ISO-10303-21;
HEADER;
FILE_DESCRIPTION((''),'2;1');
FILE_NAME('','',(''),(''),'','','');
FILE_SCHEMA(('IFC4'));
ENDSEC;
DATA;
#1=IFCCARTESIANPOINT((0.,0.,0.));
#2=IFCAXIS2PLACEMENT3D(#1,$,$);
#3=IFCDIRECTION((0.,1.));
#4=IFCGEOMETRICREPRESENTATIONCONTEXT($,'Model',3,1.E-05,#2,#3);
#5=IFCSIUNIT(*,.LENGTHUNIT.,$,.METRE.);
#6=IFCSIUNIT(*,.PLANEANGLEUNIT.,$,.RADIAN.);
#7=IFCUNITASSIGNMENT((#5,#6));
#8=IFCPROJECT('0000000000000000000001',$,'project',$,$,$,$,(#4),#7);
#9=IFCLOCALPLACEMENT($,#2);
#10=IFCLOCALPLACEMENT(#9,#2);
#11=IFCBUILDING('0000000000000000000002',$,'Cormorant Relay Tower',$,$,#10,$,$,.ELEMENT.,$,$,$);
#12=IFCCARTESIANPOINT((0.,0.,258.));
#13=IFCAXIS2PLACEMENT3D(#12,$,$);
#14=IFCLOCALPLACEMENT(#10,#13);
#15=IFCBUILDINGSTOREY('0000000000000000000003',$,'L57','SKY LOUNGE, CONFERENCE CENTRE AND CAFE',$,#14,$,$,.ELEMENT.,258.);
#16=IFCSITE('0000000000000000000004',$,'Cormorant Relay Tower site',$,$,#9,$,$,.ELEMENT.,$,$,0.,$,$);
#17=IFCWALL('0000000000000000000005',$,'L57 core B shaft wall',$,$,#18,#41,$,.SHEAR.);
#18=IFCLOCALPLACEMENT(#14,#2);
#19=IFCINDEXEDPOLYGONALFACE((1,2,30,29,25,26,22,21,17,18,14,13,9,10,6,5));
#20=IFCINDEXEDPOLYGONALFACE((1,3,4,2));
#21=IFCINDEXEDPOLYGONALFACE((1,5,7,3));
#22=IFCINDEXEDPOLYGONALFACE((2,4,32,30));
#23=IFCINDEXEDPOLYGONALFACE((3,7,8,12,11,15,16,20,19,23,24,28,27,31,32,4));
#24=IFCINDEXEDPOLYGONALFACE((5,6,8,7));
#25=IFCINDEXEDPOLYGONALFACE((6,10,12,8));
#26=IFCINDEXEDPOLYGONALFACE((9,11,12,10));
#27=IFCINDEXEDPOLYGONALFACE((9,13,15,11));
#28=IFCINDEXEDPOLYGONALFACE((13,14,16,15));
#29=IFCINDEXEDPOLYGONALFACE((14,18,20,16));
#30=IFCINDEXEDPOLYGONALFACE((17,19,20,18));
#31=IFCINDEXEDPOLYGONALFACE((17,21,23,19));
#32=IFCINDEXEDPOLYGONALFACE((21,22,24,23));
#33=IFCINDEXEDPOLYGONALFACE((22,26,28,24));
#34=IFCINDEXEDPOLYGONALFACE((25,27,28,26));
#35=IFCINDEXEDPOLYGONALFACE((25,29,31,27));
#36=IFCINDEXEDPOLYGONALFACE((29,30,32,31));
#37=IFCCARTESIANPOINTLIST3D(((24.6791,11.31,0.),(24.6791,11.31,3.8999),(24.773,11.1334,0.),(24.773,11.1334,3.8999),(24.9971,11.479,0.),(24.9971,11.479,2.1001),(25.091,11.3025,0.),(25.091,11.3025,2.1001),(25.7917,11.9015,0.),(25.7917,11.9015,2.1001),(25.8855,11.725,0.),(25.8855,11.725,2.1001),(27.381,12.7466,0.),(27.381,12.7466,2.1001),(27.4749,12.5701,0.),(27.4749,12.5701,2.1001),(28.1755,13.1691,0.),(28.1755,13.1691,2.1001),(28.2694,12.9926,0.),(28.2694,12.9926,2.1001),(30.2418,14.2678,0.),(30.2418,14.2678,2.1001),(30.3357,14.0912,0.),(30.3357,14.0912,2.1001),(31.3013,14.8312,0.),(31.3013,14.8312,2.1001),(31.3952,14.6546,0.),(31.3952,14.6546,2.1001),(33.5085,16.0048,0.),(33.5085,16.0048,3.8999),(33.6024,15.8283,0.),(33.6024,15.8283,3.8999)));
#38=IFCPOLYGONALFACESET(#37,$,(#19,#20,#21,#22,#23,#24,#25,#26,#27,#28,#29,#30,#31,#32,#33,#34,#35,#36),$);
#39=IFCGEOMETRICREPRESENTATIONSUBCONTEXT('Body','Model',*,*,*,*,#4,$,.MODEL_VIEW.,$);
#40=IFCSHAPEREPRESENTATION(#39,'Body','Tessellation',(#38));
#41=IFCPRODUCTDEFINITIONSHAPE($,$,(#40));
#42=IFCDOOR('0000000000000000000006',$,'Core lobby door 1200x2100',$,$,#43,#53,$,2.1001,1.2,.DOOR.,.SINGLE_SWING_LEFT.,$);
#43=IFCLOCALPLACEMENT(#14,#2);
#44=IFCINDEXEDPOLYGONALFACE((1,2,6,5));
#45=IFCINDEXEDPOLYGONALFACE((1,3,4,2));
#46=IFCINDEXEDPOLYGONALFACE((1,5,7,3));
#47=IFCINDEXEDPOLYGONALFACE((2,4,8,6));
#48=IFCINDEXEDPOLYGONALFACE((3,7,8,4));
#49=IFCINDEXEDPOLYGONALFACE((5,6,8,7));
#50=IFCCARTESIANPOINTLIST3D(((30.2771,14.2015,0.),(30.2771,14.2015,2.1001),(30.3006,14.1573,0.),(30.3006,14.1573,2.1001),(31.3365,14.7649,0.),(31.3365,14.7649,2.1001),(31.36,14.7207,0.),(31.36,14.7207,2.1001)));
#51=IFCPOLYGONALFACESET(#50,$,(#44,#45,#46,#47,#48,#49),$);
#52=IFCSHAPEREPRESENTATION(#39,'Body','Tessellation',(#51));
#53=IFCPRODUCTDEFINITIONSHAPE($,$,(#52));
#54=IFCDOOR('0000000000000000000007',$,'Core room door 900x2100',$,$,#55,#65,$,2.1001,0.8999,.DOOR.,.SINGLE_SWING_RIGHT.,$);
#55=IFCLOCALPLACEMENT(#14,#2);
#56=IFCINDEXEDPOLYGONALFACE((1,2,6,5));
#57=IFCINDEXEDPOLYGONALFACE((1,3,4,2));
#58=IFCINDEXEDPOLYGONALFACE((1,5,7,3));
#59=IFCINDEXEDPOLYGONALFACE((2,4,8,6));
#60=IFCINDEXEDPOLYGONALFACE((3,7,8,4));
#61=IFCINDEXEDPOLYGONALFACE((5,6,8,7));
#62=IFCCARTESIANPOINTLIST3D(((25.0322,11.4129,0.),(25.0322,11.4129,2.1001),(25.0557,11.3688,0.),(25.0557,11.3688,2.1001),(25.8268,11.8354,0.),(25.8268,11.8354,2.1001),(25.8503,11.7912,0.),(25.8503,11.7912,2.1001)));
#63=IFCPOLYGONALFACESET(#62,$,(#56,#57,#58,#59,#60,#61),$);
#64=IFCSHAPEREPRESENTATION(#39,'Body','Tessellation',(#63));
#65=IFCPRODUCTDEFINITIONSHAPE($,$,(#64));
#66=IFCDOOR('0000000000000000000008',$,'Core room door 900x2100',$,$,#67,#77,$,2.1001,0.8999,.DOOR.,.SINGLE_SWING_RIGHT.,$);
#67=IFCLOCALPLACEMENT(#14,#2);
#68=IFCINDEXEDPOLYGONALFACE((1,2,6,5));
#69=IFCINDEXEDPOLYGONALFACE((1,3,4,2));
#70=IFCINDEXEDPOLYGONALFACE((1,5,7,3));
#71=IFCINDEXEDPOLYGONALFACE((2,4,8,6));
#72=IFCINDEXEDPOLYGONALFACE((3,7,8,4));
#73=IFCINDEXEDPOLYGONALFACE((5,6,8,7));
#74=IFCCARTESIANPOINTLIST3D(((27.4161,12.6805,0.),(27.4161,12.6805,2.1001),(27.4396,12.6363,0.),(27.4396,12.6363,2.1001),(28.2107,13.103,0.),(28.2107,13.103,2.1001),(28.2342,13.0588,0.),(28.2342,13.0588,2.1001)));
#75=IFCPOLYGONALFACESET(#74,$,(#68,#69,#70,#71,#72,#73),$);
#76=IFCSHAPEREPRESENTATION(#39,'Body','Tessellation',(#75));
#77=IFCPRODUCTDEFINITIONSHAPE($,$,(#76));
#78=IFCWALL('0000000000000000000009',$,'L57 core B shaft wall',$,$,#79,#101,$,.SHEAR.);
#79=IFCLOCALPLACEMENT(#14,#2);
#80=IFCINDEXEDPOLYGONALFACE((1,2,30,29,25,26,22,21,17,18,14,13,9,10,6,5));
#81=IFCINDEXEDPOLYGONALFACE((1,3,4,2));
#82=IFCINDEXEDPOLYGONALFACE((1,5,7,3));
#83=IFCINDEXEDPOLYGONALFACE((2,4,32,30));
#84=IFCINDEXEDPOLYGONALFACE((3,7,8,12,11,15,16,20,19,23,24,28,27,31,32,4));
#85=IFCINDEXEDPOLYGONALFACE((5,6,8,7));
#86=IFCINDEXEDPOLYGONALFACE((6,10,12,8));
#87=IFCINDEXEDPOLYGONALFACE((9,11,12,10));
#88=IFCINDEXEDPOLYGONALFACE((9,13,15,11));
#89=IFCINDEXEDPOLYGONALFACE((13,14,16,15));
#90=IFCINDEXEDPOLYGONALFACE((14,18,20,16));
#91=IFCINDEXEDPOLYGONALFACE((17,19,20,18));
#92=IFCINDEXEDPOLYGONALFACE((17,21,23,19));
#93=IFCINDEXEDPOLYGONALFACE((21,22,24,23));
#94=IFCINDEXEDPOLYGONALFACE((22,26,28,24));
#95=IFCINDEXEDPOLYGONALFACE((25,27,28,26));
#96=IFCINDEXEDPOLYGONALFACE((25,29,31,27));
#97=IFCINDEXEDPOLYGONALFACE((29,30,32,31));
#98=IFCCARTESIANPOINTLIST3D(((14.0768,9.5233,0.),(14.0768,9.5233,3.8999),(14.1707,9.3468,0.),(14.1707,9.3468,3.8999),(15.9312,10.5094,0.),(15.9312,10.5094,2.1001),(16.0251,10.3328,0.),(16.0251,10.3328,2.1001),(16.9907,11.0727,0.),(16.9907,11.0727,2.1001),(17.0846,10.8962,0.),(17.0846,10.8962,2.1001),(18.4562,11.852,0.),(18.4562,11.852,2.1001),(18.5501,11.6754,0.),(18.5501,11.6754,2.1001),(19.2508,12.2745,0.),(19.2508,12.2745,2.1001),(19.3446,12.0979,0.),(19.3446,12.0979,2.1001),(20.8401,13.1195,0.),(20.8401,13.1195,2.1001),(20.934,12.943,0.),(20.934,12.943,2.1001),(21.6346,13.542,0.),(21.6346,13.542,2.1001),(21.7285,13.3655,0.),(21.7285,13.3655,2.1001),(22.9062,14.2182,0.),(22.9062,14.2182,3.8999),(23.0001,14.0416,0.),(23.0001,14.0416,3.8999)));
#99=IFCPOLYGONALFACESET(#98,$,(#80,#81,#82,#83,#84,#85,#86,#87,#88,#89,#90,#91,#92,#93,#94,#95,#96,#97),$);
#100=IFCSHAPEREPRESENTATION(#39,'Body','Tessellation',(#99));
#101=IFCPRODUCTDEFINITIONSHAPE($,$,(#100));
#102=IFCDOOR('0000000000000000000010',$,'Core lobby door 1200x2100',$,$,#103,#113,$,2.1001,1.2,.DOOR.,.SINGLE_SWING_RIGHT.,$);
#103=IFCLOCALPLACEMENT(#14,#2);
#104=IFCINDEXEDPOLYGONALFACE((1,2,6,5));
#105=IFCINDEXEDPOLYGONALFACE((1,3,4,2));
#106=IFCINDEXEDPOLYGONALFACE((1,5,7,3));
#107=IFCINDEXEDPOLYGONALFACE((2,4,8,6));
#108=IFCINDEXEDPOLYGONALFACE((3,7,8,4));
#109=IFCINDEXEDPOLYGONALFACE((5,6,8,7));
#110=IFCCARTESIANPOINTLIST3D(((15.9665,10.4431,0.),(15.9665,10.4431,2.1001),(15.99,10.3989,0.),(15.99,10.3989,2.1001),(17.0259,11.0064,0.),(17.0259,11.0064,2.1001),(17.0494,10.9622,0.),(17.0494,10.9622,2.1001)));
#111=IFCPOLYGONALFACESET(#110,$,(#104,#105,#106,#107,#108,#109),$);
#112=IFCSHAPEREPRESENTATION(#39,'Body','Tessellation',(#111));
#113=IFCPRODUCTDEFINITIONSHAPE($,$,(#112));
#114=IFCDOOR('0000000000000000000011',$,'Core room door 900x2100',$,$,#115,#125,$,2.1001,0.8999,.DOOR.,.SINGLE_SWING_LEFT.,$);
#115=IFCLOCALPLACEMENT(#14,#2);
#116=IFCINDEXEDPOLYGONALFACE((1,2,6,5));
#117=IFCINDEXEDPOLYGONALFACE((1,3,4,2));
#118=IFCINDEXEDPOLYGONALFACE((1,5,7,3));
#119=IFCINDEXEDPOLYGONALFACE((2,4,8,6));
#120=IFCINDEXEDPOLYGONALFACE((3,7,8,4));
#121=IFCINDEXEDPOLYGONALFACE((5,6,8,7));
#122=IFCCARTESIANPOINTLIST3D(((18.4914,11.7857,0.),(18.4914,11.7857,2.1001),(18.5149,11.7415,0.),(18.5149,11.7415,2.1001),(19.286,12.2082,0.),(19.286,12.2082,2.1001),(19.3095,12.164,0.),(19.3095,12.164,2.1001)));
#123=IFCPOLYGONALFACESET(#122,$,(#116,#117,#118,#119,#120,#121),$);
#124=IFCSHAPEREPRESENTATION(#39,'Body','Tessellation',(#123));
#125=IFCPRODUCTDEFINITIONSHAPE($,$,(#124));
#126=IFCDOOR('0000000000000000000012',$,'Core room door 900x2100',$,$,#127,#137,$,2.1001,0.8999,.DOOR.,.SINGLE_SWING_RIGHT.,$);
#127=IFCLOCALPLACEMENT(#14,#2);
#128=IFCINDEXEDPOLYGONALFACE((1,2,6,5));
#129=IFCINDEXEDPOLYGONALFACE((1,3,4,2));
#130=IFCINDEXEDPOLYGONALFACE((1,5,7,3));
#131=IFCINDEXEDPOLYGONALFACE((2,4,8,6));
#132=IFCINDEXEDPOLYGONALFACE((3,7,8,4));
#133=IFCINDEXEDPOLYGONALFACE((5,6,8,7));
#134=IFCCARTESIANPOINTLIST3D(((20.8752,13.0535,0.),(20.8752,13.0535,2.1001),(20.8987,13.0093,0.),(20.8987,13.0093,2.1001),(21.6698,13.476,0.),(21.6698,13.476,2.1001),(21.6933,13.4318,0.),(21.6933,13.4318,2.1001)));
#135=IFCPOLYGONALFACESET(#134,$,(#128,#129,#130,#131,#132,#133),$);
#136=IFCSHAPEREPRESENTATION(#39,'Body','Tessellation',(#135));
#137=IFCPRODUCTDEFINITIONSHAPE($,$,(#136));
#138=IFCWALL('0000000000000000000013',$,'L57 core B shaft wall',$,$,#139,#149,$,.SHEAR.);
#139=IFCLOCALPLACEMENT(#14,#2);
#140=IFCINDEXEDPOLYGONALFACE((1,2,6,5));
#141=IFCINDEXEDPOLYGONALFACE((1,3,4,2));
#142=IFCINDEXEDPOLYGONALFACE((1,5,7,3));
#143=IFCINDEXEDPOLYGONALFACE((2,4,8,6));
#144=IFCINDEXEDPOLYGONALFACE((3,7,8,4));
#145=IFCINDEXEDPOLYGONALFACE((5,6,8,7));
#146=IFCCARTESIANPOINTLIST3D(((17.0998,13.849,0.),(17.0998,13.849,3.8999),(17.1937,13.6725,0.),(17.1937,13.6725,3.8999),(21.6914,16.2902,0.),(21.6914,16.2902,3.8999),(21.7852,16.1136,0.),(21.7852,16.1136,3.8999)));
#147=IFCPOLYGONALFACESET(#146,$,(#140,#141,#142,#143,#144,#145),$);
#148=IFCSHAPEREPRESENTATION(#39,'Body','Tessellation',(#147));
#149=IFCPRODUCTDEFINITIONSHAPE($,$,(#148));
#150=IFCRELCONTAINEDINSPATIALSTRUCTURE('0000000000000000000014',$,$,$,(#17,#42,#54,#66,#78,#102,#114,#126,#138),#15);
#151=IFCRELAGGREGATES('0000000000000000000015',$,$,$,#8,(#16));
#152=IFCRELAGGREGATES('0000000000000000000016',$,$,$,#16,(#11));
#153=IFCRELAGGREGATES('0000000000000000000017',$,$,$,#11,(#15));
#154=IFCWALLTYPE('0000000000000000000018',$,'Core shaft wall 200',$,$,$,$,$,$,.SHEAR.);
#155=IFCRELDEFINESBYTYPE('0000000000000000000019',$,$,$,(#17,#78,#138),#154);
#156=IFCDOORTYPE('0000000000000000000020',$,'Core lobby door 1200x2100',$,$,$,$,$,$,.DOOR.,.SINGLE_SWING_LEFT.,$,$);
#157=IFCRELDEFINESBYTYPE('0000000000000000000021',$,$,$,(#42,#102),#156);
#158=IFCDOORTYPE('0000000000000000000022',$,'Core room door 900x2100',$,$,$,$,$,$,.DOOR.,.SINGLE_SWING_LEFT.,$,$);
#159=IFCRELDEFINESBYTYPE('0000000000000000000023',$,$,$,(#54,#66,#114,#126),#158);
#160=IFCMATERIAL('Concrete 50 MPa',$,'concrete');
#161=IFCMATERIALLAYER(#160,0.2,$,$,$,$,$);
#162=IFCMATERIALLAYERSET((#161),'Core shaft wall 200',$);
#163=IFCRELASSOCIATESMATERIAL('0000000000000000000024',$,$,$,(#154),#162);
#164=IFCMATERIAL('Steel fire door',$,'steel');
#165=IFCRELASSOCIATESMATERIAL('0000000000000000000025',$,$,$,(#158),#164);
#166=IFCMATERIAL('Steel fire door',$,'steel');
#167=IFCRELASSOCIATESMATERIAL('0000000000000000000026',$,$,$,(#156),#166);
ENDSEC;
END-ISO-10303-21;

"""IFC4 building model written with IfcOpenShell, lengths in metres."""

from ifc_helpers import new_model, si_unit, direction, frame, frame_2d, origin, place, context, subcontext, project, spatial, rectangle, extrude, material, layer, layer_set, type_object, element, fill, save


model = new_model("IFC4")

# Units and contexts
model_context = context("Model", 3, precision=1e-05, world=origin(), true_north=direction((0.0, 1.0)))
body_context = subcontext(model_context, "Body", "Model", "MODEL_VIEW")
ifc_project = project(units=[si_unit("LENGTHUNIT", "METRE"), si_unit("PLANEANGLEUNIT", "RADIAN")], contexts=[model_context])

# Site, building, storey
site_placement = place(None, origin())
site = spatial("IfcSite", under=ifc_project, at=site_placement, Name="Cormorant Relay Tower site", CompositionType="ELEMENT", RefElevation=0.0)
building_placement = place(site_placement, origin())
building = spatial("IfcBuilding", under=site, at=building_placement, Name="Cormorant Relay Tower", CompositionType="ELEMENT")
storey_placement = place(building_placement, frame((0.0, 0.0, 258.0)))
storey = spatial("IfcBuildingStorey", under=building, at=storey_placement, Name="L57", Description="SKY LOUNGE, CONFERENCE CENTRE AND CAFE", CompositionType="ELEMENT", Elevation=258.0)

# Shared definitions
ifc_material_1 = material(Name="Concrete 50 MPa", Category="concrete")
ifc_layer_1 = layer(ifc_material_1, 0.2)
ifc_layer_set_1 = layer_set([ifc_layer_1], Name="Core shaft wall 200")
wall_type_1 = type_object("IfcWallType", Name="Core shaft wall 200", PredefinedType="SHEAR", material=ifc_layer_set_1)

# Walls, openings, doors
ifc_material_2 = material(Name="Steel fire door", Category="steel")
door_type_1 = type_object("IfcDoorType", Name="Core room door 900x2100", OperationType="SINGLE_SWING_LEFT", PredefinedType="DOOR", material=ifc_material_2)
wall_1_placement = place(storey_placement, frame((24.7261, 11.2217, 0.0), z_axis=(0.0, 0.0, 1.0), x_axis=(0.88294, 0.469485, 0.0)))
wall_1 = element("IfcWall", 1, at=wall_1_placement, inside=storey, type_object=wall_type_1, Name="L57 core B shaft wall", PredefinedType="SHEAR", context=body_context, shape_type="SweptSolid", body=[
    extrude(rectangle(XDim=10.0, YDim=0.2, at=frame_2d((5.0, 0.0))), origin(), (0.0, 0.0, 1.0), 3.8999),
])
opening_1_placement = place(wall_1_placement, frame((6.3, 0.0, 0.0)))
opening_1 = element("IfcOpeningElement", 2, at=opening_1_placement, cuts=wall_1, PredefinedType="OPENING", context=body_context, shape_type="SweptSolid", body=[
    extrude(rectangle(XDim=1.2, YDim=2.1001, at=frame_2d((0.6001, 1.05))), frame((0.0, 0.1099, 0.0), z_axis=(0.0, -1.0, 0.0), x_axis=(1.0, 0.0, 0.0)), (0.0, 0.0, 1.0), 0.22),
])
opening_2_placement = place(wall_1_placement, frame((0.3601, 0.0, 0.0)))
opening_2 = element("IfcOpeningElement", 3, at=opening_2_placement, cuts=wall_1, PredefinedType="OPENING", context=body_context, shape_type="SweptSolid", body=[
    extrude(rectangle(XDim=0.8999, YDim=2.1001, at=frame_2d((0.45, 1.05))), frame((0.0, 0.1099, 0.0), z_axis=(0.0, -1.0, 0.0), x_axis=(1.0, 0.0, 0.0)), (0.0, 0.0, 1.0), 0.22),
])
opening_3_placement = place(wall_1_placement, frame((3.0601, 0.0, 0.0)))
opening_3 = element("IfcOpeningElement", 4, at=opening_3_placement, cuts=wall_1, PredefinedType="OPENING", context=body_context, shape_type="SweptSolid", body=[
    extrude(rectangle(XDim=0.8999, YDim=2.1001, at=frame_2d((0.45, 1.05))), frame((0.0, 0.1099, 0.0), z_axis=(0.0, -1.0, 0.0), x_axis=(1.0, 0.0, 0.0)), (0.0, 0.0, 1.0), 0.22),
])
ifc_material_3 = material(Name="Steel fire door", Category="steel")
door_type_2 = type_object("IfcDoorType", Name="Core lobby door 1200x2100", OperationType="SINGLE_SWING_LEFT", PredefinedType="DOOR", material=ifc_material_3)
door_1_placement = place(opening_1_placement, origin())
door_1 = element("IfcDoor", 5, at=door_1_placement, inside=storey, type_object=door_type_2, Name="Core lobby door 1200x2100", OperationType="SINGLE_SWING_LEFT", OverallHeight=2.1001, OverallWidth=1.2, PredefinedType="DOOR", context=body_context, shape_type="SweptSolid", body=[
    extrude(rectangle(XDim=1.2, YDim=2.1001, at=frame_2d((0.6001, 1.05))), frame((0.0, 0.0249, 0.0), z_axis=(0.0, -1.0, 0.0), x_axis=(1.0, 0.0, 0.0)), (0.0, 0.0, 1.0), 0.05),
])
fill(opening_1, door_1)
door_2_placement = place(opening_2_placement, frame((0.8999, 0.0, 0.0), z_axis=(0.0, 0.0, 1.0), x_axis=(-1.0, 0.0, 0.0)))
door_2 = element("IfcDoor", 6, at=door_2_placement, inside=storey, type_object=door_type_1, Name="Core room door 900x2100", OperationType="SINGLE_SWING_RIGHT", OverallHeight=2.1001, OverallWidth=0.8999, PredefinedType="DOOR", context=body_context, shape_type="SweptSolid", body=[
    extrude(rectangle(XDim=0.8999, YDim=2.1001, at=frame_2d((0.45, 1.05))), frame((0.0, 0.0249, 0.0), z_axis=(0.0, -1.0, 0.0), x_axis=(1.0, 0.0, 0.0)), (0.0, 0.0, 1.0), 0.05),
])
fill(opening_2, door_2)
door_3_placement = place(opening_3_placement, frame((0.8999, 0.0, 0.0), z_axis=(0.0, 0.0, 1.0), x_axis=(-1.0, 0.0, 0.0)))
door_3 = element("IfcDoor", 7, at=door_3_placement, inside=storey, type_object=door_type_1, Name="Core room door 900x2100", OperationType="SINGLE_SWING_RIGHT", OverallHeight=2.1001, OverallWidth=0.8999, PredefinedType="DOOR", context=body_context, shape_type="SweptSolid", body=[
    extrude(rectangle(XDim=0.8999, YDim=2.1001, at=frame_2d((0.45, 1.05))), frame((0.0, 0.0249, 0.0), z_axis=(0.0, -1.0, 0.0), x_axis=(1.0, 0.0, 0.0)), (0.0, 0.0, 1.0), 0.05),
])
fill(opening_3, door_3)
wall_2_placement = place(storey_placement, frame((14.1238, 9.4351, 0.0), z_axis=(0.0, 0.0, 1.0), x_axis=(0.88294, 0.469485, 0.0)))
wall_2 = element("IfcWall", 8, at=wall_2_placement, inside=storey, type_object=wall_type_1, Name="L57 core B shaft wall", PredefinedType="SHEAR", context=body_context, shape_type="SweptSolid", body=[
    extrude(rectangle(XDim=10.0, YDim=0.2, at=frame_2d((5.0, 0.0))), origin(), (0.0, 0.0, 1.0), 3.8999),
])
opening_4_placement = place(wall_2_placement, frame((2.1001, 0.0, 0.0)))
opening_4 = element("IfcOpeningElement", 9, at=opening_4_placement, cuts=wall_2, PredefinedType="OPENING", context=body_context, shape_type="SweptSolid", body=[
    extrude(rectangle(XDim=1.2, YDim=2.1001, at=frame_2d((0.6001, 1.05))), frame((0.0, 0.1099, 0.0), z_axis=(0.0, -1.0, 0.0), x_axis=(1.0, 0.0, 0.0)), (0.0, 0.0, 1.0), 0.22),
])
opening_5_placement = place(wall_2_placement, frame((4.96, 0.0, 0.0)))
opening_5 = element("IfcOpeningElement", 10, at=opening_5_placement, cuts=wall_2, PredefinedType="OPENING", context=body_context, shape_type="SweptSolid", body=[
    extrude(rectangle(XDim=0.8999, YDim=2.1001, at=frame_2d((0.45, 1.05))), frame((0.0, 0.1099, 0.0), z_axis=(0.0, -1.0, 0.0), x_axis=(1.0, 0.0, 0.0)), (0.0, 0.0, 1.0), 0.22),
])
opening_6_placement = place(wall_2_placement, frame((7.6599, 0.0, 0.0)))
opening_6 = element("IfcOpeningElement", 11, at=opening_6_placement, cuts=wall_2, PredefinedType="OPENING", context=body_context, shape_type="SweptSolid", body=[
    extrude(rectangle(XDim=0.8999, YDim=2.1001, at=frame_2d((0.45, 1.05))), frame((0.0, 0.1099, 0.0), z_axis=(0.0, -1.0, 0.0), x_axis=(1.0, 0.0, 0.0)), (0.0, 0.0, 1.0), 0.22),
])
door_4_placement = place(opening_4_placement, origin())
door_4 = element("IfcDoor", 12, at=door_4_placement, inside=storey, type_object=door_type_2, Name="Core lobby door 1200x2100", OperationType="SINGLE_SWING_RIGHT", OverallHeight=2.1001, OverallWidth=1.2, PredefinedType="DOOR", context=body_context, shape_type="SweptSolid", body=[
    extrude(rectangle(XDim=1.2, YDim=2.1001, at=frame_2d((0.6001, 1.05))), frame((0.0, 0.0249, 0.0), z_axis=(0.0, -1.0, 0.0), x_axis=(1.0, 0.0, 0.0)), (0.0, 0.0, 1.0), 0.05),
])
fill(opening_4, door_4)
door_5_placement = place(opening_5_placement, origin())
door_5 = element("IfcDoor", 13, at=door_5_placement, inside=storey, type_object=door_type_1, Name="Core room door 900x2100", OperationType="SINGLE_SWING_LEFT", OverallHeight=2.1001, OverallWidth=0.8999, PredefinedType="DOOR", context=body_context, shape_type="SweptSolid", body=[
    extrude(rectangle(XDim=0.8999, YDim=2.1001, at=frame_2d((0.45, 1.05))), frame((0.0, 0.0249, 0.0), z_axis=(0.0, -1.0, 0.0), x_axis=(1.0, 0.0, 0.0)), (0.0, 0.0, 1.0), 0.05),
])
fill(opening_5, door_5)
door_6_placement = place(opening_6_placement, frame((0.8999, 0.0, 0.0), z_axis=(0.0, 0.0, 1.0), x_axis=(-1.0, 0.0, 0.0)))
door_6 = element("IfcDoor", 14, at=door_6_placement, inside=storey, type_object=door_type_1, Name="Core room door 900x2100", OperationType="SINGLE_SWING_RIGHT", OverallHeight=2.1001, OverallWidth=0.8999, PredefinedType="DOOR", context=body_context, shape_type="SweptSolid", body=[
    extrude(rectangle(XDim=0.8999, YDim=2.1001, at=frame_2d((0.45, 1.05))), frame((0.0, 0.0249, 0.0), z_axis=(0.0, -1.0, 0.0), x_axis=(1.0, 0.0, 0.0)), (0.0, 0.0, 1.0), 0.05),
])
fill(opening_6, door_6)

# Wall
wall_3_placement = place(storey_placement, frame((17.1467, 13.7607, 0.0), z_axis=(0.0, 0.0, 1.0), x_axis=(0.882964, 0.46944, 0.0)))
element("IfcWall", 15, at=wall_3_placement, inside=storey, type_object=wall_type_1, Name="L57 core B shaft wall", PredefinedType="SHEAR", context=body_context, shape_type="SweptSolid", body=[
    extrude(rectangle(XDim=5.2002, YDim=0.2, at=frame_2d((2.6001, 0.0))), origin(), (0.0, 0.0, 1.0), 3.8999),
])

save(model, "model.ifc")
